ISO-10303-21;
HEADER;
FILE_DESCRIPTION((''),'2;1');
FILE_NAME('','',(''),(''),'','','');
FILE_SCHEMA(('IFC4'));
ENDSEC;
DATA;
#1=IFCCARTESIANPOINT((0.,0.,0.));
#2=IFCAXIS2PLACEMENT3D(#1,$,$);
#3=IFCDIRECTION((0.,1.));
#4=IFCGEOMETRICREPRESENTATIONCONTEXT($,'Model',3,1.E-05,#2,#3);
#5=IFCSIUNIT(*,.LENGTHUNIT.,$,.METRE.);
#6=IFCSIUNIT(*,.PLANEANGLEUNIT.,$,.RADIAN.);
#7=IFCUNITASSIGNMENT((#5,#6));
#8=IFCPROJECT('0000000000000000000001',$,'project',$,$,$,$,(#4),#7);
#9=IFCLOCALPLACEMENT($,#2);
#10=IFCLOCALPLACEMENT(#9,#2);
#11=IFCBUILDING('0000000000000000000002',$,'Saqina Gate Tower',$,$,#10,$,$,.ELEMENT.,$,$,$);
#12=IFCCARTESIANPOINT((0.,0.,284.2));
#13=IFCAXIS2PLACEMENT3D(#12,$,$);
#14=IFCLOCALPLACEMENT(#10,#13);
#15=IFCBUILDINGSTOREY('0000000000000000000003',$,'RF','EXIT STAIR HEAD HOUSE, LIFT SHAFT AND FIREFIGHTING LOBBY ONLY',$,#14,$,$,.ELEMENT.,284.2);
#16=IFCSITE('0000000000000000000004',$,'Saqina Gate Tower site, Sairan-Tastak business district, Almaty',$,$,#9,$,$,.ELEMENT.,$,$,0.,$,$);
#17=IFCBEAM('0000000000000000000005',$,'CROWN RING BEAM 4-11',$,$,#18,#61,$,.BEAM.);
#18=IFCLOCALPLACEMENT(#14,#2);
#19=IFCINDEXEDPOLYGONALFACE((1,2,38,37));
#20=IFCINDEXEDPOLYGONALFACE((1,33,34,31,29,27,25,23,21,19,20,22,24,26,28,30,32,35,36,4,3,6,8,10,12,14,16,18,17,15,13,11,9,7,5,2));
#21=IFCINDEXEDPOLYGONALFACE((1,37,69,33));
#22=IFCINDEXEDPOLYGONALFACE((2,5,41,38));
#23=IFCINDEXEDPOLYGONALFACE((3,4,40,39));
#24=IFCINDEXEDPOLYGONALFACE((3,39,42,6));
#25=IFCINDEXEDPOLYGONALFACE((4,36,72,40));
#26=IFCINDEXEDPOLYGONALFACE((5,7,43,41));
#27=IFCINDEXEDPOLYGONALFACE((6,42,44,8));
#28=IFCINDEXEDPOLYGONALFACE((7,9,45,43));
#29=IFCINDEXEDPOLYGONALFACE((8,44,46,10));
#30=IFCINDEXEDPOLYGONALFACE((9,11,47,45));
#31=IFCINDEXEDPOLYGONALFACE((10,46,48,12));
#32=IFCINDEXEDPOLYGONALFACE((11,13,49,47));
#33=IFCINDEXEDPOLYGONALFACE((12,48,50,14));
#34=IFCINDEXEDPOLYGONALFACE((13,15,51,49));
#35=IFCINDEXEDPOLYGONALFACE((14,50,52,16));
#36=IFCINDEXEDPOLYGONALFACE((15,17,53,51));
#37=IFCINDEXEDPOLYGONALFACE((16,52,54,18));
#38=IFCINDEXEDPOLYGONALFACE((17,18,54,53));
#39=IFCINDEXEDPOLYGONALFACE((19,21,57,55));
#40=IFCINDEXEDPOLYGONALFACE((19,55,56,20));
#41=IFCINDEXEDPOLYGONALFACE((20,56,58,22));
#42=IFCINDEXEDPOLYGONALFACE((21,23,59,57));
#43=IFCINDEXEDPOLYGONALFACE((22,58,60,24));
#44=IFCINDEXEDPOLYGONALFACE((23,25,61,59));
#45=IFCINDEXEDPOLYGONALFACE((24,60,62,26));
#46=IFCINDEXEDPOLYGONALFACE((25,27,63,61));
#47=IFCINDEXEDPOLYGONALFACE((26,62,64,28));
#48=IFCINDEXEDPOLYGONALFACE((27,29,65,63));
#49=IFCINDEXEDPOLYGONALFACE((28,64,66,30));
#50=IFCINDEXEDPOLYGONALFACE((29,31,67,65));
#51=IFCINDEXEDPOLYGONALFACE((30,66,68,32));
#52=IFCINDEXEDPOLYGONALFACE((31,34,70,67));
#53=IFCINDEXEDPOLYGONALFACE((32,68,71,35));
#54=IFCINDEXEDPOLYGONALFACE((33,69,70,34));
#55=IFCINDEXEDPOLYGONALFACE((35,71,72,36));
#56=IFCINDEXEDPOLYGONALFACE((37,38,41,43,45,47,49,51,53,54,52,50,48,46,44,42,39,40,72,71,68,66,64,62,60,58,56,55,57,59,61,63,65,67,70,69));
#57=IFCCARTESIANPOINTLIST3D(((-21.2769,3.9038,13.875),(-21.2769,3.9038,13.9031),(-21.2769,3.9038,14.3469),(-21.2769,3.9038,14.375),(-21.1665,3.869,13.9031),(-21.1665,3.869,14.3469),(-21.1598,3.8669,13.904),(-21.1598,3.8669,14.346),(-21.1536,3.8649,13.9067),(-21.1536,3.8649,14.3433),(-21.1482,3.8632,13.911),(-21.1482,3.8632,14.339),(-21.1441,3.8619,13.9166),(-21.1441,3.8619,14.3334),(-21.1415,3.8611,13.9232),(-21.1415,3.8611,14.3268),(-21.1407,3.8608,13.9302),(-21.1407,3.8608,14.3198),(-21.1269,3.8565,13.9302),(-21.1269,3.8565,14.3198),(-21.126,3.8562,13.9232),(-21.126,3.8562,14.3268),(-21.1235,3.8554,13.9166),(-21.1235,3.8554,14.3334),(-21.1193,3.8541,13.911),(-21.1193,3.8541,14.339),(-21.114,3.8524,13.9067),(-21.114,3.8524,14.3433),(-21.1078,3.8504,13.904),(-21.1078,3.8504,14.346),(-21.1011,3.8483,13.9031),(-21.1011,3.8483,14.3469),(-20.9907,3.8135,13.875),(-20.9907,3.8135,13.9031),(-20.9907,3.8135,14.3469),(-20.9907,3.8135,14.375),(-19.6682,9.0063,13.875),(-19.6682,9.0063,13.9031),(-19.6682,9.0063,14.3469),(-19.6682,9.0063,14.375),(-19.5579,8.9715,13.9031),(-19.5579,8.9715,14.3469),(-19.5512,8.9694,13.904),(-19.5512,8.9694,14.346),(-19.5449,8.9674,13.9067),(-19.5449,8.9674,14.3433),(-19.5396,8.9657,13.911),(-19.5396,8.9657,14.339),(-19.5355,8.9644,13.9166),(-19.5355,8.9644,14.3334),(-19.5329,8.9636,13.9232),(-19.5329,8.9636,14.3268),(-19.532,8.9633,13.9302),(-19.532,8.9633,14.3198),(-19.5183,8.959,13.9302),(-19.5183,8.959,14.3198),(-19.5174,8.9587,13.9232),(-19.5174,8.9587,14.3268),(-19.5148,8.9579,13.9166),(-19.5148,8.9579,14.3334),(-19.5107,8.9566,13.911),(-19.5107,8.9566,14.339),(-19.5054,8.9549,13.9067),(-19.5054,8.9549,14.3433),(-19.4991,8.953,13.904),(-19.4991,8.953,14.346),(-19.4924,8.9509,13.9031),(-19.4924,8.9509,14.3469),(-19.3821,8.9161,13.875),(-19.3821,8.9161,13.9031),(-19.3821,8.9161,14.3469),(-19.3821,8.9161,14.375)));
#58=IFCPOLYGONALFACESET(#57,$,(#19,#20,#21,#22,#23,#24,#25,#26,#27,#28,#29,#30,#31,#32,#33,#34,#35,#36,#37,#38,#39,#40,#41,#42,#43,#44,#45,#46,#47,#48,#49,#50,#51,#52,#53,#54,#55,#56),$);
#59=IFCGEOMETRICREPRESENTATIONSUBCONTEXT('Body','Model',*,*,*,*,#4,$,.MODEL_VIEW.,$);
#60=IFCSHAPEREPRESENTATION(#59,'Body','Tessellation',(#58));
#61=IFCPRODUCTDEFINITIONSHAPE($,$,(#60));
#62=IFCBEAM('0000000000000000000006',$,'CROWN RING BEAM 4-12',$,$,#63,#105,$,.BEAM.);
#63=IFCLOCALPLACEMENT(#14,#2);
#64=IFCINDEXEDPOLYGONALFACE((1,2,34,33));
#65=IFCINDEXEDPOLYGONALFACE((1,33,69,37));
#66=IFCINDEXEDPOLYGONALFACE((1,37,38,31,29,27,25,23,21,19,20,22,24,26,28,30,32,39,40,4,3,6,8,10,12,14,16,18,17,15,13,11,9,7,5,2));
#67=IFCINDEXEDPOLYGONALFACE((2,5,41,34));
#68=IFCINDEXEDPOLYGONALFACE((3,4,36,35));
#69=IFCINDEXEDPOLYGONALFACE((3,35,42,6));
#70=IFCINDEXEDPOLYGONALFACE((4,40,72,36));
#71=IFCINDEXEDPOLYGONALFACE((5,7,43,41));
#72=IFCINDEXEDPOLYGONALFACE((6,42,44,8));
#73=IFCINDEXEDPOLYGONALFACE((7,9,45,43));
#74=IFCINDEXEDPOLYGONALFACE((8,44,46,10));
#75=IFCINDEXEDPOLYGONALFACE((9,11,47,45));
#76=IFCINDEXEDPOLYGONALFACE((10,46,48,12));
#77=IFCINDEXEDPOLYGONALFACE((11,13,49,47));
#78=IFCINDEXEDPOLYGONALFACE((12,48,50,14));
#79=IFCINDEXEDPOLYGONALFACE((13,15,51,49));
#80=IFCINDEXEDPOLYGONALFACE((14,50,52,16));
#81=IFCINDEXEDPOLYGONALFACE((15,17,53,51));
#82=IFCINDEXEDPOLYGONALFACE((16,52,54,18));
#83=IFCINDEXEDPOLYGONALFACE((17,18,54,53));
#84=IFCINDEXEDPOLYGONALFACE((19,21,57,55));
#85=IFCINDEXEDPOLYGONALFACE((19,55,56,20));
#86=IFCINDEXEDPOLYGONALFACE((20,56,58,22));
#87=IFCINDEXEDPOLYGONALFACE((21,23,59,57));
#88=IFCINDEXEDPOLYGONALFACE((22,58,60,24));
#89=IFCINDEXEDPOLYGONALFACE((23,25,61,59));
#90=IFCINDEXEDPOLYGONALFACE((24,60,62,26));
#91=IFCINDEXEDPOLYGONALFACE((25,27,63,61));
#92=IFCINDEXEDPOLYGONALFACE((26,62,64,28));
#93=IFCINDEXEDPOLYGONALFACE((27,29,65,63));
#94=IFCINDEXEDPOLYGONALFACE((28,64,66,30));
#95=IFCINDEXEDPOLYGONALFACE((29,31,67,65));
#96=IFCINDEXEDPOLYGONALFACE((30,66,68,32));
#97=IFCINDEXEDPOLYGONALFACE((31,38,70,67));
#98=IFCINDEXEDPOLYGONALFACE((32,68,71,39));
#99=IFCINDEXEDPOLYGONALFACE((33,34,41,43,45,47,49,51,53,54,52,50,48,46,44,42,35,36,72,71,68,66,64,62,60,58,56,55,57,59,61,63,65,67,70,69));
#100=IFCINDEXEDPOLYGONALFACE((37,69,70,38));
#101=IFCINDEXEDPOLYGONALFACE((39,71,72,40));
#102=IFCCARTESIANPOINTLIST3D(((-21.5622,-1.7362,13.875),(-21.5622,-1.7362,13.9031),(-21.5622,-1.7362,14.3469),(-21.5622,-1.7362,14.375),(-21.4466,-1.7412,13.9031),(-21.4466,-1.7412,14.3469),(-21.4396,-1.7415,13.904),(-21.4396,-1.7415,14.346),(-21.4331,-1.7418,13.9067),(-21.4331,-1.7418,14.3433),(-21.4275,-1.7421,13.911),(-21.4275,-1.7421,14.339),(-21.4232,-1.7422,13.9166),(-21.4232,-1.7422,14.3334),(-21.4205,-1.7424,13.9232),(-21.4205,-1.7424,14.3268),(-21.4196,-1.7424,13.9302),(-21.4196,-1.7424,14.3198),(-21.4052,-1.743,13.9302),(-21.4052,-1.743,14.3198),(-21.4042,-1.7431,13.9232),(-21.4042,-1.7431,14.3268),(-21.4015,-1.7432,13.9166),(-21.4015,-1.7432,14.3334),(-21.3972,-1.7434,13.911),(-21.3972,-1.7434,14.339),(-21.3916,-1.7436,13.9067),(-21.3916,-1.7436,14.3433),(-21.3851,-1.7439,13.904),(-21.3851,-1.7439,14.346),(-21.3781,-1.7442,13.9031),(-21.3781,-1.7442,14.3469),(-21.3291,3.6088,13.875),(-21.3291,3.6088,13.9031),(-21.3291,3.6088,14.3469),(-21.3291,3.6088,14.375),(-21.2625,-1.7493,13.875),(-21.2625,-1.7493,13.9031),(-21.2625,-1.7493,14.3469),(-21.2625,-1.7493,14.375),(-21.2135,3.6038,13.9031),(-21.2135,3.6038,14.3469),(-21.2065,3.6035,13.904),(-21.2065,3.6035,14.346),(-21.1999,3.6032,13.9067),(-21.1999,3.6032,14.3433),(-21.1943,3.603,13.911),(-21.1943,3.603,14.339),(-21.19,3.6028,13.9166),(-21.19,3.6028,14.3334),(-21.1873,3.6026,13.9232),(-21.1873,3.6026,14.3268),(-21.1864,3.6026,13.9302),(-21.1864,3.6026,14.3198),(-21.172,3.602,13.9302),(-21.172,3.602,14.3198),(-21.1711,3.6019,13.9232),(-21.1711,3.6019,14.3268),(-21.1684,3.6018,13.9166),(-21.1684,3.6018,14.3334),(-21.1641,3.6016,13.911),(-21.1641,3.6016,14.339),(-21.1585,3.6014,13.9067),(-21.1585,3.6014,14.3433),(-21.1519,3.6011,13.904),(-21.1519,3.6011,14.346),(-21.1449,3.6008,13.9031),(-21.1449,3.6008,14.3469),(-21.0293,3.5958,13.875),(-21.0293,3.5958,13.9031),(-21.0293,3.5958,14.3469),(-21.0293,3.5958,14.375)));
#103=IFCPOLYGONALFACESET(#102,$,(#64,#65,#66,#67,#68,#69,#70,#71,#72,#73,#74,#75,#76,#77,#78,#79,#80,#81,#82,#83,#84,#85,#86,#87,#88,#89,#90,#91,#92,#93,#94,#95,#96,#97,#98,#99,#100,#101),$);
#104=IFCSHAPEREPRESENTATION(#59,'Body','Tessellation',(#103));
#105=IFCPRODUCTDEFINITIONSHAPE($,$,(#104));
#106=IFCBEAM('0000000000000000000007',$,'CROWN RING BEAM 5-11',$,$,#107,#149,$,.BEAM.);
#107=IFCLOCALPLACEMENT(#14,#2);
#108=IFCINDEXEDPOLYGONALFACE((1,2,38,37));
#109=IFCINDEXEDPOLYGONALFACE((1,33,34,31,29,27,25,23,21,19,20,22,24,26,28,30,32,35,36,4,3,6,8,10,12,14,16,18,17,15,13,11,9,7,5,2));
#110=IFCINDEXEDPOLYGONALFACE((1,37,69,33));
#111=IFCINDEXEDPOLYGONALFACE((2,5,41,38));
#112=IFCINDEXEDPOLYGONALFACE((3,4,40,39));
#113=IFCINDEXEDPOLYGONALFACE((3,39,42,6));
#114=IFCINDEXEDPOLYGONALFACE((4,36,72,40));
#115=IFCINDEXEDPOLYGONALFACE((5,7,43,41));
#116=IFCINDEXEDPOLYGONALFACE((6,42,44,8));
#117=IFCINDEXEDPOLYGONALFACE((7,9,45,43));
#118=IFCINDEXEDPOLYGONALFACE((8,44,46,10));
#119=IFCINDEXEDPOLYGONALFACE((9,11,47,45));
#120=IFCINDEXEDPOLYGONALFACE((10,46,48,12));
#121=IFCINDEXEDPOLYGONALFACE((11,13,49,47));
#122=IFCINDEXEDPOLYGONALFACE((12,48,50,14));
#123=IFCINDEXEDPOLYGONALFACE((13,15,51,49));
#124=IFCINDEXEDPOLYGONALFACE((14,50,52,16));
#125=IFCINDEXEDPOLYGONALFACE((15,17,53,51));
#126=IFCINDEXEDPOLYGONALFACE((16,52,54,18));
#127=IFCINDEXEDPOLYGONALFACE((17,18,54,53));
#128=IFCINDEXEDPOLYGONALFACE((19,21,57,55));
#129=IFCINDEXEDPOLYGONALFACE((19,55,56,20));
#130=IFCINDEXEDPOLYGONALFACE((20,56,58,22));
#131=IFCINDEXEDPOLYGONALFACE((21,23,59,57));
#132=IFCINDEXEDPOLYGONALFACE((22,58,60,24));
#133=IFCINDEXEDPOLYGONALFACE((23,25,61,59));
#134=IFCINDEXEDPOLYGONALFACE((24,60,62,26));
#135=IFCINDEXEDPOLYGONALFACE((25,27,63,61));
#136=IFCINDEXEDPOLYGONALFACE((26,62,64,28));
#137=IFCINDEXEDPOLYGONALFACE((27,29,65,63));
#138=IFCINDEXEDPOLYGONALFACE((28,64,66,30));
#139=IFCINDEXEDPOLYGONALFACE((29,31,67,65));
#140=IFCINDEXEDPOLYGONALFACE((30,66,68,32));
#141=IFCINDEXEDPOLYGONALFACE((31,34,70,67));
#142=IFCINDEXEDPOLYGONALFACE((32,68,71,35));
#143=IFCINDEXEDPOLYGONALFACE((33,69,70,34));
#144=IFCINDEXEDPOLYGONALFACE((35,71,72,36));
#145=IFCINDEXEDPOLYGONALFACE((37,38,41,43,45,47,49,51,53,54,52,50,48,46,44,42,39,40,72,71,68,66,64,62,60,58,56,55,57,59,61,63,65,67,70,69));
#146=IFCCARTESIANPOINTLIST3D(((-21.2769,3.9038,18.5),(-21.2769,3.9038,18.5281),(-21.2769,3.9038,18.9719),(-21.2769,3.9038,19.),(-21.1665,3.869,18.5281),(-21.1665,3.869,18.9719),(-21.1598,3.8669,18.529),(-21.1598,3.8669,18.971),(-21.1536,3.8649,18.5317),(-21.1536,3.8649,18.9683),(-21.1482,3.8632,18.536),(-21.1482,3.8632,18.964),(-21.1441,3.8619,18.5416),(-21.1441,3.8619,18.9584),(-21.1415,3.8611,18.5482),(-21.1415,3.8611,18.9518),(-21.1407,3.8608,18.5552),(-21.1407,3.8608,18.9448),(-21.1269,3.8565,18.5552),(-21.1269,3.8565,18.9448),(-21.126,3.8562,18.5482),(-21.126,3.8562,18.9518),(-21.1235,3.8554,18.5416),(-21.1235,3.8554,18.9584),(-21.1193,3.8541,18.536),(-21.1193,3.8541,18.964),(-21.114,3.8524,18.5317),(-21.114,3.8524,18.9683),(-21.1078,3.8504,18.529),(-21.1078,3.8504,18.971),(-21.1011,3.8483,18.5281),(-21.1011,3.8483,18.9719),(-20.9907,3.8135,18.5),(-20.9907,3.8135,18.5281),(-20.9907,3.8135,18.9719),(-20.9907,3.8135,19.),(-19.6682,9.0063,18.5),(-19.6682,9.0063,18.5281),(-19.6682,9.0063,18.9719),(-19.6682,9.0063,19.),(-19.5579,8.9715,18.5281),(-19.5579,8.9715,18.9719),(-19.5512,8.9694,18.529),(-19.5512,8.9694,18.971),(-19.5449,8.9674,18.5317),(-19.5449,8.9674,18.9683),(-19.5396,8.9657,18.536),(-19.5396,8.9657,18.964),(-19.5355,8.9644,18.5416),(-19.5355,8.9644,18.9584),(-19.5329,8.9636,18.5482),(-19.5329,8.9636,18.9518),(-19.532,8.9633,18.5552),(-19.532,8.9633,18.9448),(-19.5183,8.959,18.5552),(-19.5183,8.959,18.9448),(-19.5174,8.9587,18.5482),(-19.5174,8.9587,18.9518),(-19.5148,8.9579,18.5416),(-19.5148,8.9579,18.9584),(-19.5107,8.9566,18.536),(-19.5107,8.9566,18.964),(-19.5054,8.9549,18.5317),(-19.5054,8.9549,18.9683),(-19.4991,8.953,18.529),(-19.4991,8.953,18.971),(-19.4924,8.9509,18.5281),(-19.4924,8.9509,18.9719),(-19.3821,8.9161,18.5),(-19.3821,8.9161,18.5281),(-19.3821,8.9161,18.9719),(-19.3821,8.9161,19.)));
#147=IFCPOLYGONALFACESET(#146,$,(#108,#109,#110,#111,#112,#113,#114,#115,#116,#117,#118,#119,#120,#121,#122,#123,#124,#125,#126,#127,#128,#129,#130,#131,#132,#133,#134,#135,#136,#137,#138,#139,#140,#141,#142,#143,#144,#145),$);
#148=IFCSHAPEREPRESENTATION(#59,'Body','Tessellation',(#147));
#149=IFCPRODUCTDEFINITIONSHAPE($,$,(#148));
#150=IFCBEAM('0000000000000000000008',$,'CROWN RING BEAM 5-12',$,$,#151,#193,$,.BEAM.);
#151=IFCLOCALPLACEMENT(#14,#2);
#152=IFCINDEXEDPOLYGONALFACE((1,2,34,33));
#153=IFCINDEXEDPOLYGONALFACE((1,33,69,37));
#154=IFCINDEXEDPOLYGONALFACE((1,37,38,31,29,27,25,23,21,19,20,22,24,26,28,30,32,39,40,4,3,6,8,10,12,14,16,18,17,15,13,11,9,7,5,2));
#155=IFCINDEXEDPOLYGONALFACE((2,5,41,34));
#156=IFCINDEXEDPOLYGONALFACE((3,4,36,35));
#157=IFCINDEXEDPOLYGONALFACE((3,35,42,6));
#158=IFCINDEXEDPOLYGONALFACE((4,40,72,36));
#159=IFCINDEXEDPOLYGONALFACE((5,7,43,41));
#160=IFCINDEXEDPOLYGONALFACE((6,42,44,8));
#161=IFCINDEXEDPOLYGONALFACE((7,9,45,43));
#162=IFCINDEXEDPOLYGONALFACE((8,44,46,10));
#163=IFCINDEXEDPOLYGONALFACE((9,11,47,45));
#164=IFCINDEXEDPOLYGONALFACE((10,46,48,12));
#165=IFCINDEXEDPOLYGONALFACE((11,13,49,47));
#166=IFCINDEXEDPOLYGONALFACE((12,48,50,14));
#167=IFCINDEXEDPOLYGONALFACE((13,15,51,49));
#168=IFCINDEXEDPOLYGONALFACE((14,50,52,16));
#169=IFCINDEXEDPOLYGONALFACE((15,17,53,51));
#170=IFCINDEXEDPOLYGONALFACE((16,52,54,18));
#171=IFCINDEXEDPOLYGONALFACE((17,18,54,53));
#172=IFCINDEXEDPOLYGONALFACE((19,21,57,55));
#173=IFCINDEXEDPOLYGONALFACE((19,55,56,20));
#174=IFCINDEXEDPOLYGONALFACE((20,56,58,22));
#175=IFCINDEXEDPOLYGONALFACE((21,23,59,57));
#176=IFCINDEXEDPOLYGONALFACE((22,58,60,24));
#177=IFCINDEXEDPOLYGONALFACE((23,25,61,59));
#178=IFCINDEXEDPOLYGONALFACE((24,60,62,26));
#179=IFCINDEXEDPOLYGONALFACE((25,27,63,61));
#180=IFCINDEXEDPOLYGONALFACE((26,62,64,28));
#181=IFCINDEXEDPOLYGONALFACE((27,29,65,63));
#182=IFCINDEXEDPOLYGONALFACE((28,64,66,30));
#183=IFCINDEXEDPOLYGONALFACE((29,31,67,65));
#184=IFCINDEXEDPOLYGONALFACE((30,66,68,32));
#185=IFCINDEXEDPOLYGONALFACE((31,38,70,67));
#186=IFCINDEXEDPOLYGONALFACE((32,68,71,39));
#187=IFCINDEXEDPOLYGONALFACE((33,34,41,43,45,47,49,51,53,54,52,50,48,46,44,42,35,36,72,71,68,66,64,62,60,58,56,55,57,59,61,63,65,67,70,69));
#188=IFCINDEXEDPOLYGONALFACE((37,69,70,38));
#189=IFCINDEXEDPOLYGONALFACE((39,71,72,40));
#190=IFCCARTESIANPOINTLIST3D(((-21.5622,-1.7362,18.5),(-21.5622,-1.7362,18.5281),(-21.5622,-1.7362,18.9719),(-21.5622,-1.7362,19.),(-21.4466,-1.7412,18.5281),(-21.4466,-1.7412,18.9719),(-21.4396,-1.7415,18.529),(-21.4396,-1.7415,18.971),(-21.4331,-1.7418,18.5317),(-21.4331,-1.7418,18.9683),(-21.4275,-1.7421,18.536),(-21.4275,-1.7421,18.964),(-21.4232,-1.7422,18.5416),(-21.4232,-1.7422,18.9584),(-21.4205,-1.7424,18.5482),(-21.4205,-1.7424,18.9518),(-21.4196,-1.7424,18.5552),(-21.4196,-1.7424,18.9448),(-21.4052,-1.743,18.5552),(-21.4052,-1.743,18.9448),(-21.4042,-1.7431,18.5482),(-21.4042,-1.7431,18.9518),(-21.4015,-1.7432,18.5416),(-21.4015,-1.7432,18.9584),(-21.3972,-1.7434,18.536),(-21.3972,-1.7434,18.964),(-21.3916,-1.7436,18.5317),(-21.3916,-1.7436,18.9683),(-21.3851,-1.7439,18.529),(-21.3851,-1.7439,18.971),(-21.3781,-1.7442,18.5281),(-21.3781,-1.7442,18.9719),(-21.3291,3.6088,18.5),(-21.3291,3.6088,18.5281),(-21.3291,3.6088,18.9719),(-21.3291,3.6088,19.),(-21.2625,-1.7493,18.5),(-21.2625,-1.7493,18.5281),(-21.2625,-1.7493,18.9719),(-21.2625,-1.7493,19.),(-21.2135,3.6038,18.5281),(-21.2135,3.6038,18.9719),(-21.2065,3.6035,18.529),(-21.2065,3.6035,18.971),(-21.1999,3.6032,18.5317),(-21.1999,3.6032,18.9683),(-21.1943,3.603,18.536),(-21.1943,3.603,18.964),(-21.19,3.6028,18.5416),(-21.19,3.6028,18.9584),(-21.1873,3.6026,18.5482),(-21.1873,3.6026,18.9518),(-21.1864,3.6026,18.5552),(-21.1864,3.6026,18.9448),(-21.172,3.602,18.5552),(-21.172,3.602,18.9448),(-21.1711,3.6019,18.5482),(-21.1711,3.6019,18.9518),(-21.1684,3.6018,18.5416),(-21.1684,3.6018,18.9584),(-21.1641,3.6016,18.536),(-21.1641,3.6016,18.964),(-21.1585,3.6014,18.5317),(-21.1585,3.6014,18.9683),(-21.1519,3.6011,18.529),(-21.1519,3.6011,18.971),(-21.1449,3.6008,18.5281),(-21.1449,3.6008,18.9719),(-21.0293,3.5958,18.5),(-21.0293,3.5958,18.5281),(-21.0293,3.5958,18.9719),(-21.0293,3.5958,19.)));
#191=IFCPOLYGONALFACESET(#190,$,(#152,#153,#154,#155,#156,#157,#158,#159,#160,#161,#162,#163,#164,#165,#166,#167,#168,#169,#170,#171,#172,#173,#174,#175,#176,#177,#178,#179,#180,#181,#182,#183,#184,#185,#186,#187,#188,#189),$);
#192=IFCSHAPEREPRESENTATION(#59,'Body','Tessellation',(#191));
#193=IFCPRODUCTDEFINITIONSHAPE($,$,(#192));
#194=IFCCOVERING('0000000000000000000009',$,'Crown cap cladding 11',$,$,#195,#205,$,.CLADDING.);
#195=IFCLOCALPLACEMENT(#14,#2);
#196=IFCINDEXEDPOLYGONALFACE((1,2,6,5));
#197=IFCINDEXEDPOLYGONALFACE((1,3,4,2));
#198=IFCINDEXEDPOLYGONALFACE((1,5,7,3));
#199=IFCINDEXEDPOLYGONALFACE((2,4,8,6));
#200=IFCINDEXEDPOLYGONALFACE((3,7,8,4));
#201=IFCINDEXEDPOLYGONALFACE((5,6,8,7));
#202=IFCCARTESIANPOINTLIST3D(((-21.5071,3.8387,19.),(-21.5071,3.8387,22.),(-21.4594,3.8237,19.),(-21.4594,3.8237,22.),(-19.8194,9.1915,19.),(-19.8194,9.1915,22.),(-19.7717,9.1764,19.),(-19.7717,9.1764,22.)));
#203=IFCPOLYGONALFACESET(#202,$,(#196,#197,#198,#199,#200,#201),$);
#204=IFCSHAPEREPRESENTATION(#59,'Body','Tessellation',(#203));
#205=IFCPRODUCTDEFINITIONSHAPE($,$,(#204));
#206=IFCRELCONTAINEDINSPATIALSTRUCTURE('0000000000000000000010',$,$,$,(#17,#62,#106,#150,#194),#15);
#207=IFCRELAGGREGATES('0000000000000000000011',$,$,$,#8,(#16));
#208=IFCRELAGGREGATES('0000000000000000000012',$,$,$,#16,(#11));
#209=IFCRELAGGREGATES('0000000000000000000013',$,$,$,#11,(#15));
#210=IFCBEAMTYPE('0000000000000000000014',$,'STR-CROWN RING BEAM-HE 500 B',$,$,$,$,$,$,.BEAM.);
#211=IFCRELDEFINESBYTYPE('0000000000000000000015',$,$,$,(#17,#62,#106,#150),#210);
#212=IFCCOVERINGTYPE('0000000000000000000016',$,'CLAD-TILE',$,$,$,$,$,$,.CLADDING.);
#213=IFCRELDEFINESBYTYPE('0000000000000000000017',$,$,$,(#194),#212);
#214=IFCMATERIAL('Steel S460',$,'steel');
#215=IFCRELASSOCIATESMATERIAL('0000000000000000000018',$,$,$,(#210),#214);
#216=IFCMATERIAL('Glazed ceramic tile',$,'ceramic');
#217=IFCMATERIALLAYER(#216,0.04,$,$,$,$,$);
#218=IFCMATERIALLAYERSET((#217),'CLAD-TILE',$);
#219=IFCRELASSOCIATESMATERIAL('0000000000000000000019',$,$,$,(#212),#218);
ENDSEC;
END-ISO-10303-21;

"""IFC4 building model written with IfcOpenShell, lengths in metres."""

from ifc_helpers import new_model, si_unit, direction, frame, origin, origin_2d, place, context, subcontext, project, spatial, rectangle, i_section, extrude, material, layer, layer_set, material_profile, profile_set, type_object, element, save


model = new_model("IFC4")

# Units and contexts
model_context = context("Model", 3, precision=1e-05, world=origin(), true_north=direction((0.0, 1.0)))
body_context = subcontext(model_context, "Body", "Model", "MODEL_VIEW")
ifc_project = project(units=[si_unit("LENGTHUNIT", "METRE"), si_unit("PLANEANGLEUNIT", "RADIAN")], contexts=[model_context])

# Site, building, storey
site_placement = place(None, origin())
site = spatial("IfcSite", under=ifc_project, at=site_placement, Name="Saqina Gate Tower site, Sairan-Tastak business district, Almaty", CompositionType="ELEMENT", RefElevation=0.0)
building_placement = place(site_placement, origin())
building = spatial("IfcBuilding", under=site, at=building_placement, Name="Saqina Gate Tower", CompositionType="ELEMENT")
storey_placement = place(building_placement, frame((0.0, 0.0, 284.2)))
storey = spatial("IfcBuildingStorey", under=building, at=storey_placement, Name="RF", Description="EXIT STAIR HEAD HOUSE, LIFT SHAFT AND FIREFIGHTING LOBBY ONLY", CompositionType="ELEMENT", Elevation=284.2)

# Beams
ifc_material_1 = material(Name="Steel S460", Category="steel")
ifc_material_profile_1 = material_profile(ifc_material_1, i_section(OverallWidth=0.3, OverallDepth=0.5, WebThickness=0.0144, FlangeThickness=0.0281, FilletRadius=0.0271, at=origin_2d()), Name="HE 500 B")
ifc_profile_set_1 = profile_set([ifc_material_profile_1], Name="Steel S460")
beam_type_1 = type_object("IfcBeamType", Name="STR-CROWN RING BEAM-HE 500 B", PredefinedType="BEAM", material=ifc_profile_set_1)
for number, where, z_axis, x_axis, name in (
    (1, (-19.5251, 8.9612, 14.125), (-0.300675, -0.953727, 0.0), (0.953727, -0.300675, 0.0), "CROWN RING BEAM 4-11"),
    (2, (-21.1792, 3.6023, 14.125), (-0.04358, -0.99905, 0.0), (0.99905, -0.04358, 0.0), "CROWN RING BEAM 4-12"),
    (3, (-19.5251, 8.9612, 18.75), (-0.300675, -0.953727, 0.0), (0.953727, -0.300675, 0.0), "CROWN RING BEAM 5-11"),
    (4, (-21.1792, 3.6023, 18.75), (-0.04358, -0.99905, 0.0), (0.99905, -0.04358, 0.0), "CROWN RING BEAM 5-12"),
):
    element("IfcBeam", number, at=place(storey_placement, frame(where, z_axis=z_axis, x_axis=x_axis)), inside=storey, type_object=beam_type_1, Name=name, PredefinedType="BEAM", context=body_context, shape_type="SweptSolid", body=[
        extrude(i_section(OverallWidth=0.3, OverallDepth=0.5, WebThickness=0.0144, FlangeThickness=0.0281, FilletRadius=0.0271, at=origin_2d()), origin(), (0.0, 0.0, 1.0), 5.3501),
    ])

# Covering
ifc_material_2 = material(Name="Glazed ceramic tile", Category="ceramic")
ifc_layer_1 = layer(ifc_material_2, 0.04)
ifc_layer_set_1 = layer_set([ifc_layer_1], Name="CLAD-TILE")
covering_type = type_object("IfcCoveringType", Name="CLAD-TILE", PredefinedType="CLADDING", material=ifc_layer_set_1)
for number, where, z_axis, x_axis, name in (
    (5, (-20.6394, 6.5076, 19.0), (0.0, 0.0, 1.0), (-0.300706, -0.953717, 0.0), "Crown cap cladding 11"),
):
    element("IfcCovering", number, at=place(storey_placement, frame(where, z_axis=z_axis, x_axis=x_axis)), inside=storey, type_object=covering_type, Name=name, PredefinedType="CLADDING", context=body_context, shape_type="SweptSolid", body=[
        extrude(rectangle(XDim=5.6125, YDim=0.05, at=origin_2d()), origin(), (0.0, 0.0, 1.0), 3.0),
    ])

save(model, "model.ifc")
